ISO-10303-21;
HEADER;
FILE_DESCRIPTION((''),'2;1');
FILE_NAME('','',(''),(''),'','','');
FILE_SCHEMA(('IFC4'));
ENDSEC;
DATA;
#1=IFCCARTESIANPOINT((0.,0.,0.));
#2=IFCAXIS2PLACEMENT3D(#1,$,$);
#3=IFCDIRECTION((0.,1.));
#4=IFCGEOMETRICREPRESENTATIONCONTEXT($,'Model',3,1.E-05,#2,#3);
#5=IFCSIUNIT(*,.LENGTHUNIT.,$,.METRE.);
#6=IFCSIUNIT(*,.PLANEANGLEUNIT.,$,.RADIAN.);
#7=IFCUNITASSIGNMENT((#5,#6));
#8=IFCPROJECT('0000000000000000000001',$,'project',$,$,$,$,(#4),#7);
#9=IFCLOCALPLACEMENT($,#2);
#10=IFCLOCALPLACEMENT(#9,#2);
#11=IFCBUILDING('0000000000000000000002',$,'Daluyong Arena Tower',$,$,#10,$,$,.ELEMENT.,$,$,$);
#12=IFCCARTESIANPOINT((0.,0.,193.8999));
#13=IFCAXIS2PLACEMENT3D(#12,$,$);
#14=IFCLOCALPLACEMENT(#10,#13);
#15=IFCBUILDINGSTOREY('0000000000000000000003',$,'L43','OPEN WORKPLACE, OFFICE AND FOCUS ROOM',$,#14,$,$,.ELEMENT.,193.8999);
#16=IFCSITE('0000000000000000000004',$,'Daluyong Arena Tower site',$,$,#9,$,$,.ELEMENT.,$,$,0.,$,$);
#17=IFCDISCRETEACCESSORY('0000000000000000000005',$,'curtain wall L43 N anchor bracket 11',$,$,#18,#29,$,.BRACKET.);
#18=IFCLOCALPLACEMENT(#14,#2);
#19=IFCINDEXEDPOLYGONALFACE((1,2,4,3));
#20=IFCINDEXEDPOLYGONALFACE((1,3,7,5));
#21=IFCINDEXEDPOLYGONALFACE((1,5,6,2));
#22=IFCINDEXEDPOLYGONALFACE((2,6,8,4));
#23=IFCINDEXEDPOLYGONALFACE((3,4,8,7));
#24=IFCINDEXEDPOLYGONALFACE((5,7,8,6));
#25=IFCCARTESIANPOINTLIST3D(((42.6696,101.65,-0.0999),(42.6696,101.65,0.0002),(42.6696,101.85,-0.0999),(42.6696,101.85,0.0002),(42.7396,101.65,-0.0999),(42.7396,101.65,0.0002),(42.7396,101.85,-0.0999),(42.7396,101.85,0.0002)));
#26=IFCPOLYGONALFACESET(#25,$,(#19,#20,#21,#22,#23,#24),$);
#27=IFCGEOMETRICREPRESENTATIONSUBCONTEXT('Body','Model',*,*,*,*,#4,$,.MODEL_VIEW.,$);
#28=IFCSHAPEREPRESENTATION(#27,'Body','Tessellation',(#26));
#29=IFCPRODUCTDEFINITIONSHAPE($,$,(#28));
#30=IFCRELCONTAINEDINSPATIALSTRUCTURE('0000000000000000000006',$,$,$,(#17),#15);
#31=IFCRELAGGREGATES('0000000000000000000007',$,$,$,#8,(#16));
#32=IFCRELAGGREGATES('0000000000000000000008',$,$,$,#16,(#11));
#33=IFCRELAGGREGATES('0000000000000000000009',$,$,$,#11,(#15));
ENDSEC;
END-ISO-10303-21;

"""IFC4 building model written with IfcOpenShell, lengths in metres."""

from ifc_helpers import new_model, si_unit, direction, frame, origin, origin_2d, place, context, subcontext, project, spatial, rectangle, extrude, element, save


model = new_model("IFC4")

# Units and contexts
model_context = context("Model", 3, precision=1e-05, world=origin(), true_north=direction((0.0, 1.0)))
body_context = subcontext(model_context, "Body", "Model", "MODEL_VIEW")
ifc_project = project(units=[si_unit("LENGTHUNIT", "METRE"), si_unit("PLANEANGLEUNIT", "RADIAN")], contexts=[model_context])

# Site, building, storey
site_placement = place(None, origin())
site = spatial("IfcSite", under=ifc_project, at=site_placement, Name="Daluyong Arena Tower site", CompositionType="ELEMENT", RefElevation=0.0)
building_placement = place(site_placement, origin())
building = spatial("IfcBuilding", under=site, at=building_placement, Name="Daluyong Arena Tower", CompositionType="ELEMENT")
storey_placement = place(building_placement, frame((0.0, 0.0, 193.8999)))
storey = spatial("IfcBuildingStorey", under=building, at=storey_placement, Name="L43", Description="OPEN WORKPLACE, OFFICE AND FOCUS ROOM", CompositionType="ELEMENT", Elevation=193.8999)

# Discrete accessory
for number, where, z_axis, x_axis, name in (
    (1, (42.7046, 101.75, -0.0999), (0.0, 0.0, 1.0), (-1.0, 0.0, 0.0), "curtain wall L43 N anchor bracket 11"),
):
    element("IfcDiscreteAccessory", number, at=place(storey_placement, frame(where, z_axis=z_axis, x_axis=x_axis)), inside=storey, Name=name, PredefinedType="BRACKET", context=body_context, shape_type="SweptSolid", body=[
        extrude(rectangle(XDim=0.0701, YDim=0.2, at=origin_2d()), origin(), (0.0, 0.0, 1.0), 0.1001),
    ])

save(model, "model.ifc")
